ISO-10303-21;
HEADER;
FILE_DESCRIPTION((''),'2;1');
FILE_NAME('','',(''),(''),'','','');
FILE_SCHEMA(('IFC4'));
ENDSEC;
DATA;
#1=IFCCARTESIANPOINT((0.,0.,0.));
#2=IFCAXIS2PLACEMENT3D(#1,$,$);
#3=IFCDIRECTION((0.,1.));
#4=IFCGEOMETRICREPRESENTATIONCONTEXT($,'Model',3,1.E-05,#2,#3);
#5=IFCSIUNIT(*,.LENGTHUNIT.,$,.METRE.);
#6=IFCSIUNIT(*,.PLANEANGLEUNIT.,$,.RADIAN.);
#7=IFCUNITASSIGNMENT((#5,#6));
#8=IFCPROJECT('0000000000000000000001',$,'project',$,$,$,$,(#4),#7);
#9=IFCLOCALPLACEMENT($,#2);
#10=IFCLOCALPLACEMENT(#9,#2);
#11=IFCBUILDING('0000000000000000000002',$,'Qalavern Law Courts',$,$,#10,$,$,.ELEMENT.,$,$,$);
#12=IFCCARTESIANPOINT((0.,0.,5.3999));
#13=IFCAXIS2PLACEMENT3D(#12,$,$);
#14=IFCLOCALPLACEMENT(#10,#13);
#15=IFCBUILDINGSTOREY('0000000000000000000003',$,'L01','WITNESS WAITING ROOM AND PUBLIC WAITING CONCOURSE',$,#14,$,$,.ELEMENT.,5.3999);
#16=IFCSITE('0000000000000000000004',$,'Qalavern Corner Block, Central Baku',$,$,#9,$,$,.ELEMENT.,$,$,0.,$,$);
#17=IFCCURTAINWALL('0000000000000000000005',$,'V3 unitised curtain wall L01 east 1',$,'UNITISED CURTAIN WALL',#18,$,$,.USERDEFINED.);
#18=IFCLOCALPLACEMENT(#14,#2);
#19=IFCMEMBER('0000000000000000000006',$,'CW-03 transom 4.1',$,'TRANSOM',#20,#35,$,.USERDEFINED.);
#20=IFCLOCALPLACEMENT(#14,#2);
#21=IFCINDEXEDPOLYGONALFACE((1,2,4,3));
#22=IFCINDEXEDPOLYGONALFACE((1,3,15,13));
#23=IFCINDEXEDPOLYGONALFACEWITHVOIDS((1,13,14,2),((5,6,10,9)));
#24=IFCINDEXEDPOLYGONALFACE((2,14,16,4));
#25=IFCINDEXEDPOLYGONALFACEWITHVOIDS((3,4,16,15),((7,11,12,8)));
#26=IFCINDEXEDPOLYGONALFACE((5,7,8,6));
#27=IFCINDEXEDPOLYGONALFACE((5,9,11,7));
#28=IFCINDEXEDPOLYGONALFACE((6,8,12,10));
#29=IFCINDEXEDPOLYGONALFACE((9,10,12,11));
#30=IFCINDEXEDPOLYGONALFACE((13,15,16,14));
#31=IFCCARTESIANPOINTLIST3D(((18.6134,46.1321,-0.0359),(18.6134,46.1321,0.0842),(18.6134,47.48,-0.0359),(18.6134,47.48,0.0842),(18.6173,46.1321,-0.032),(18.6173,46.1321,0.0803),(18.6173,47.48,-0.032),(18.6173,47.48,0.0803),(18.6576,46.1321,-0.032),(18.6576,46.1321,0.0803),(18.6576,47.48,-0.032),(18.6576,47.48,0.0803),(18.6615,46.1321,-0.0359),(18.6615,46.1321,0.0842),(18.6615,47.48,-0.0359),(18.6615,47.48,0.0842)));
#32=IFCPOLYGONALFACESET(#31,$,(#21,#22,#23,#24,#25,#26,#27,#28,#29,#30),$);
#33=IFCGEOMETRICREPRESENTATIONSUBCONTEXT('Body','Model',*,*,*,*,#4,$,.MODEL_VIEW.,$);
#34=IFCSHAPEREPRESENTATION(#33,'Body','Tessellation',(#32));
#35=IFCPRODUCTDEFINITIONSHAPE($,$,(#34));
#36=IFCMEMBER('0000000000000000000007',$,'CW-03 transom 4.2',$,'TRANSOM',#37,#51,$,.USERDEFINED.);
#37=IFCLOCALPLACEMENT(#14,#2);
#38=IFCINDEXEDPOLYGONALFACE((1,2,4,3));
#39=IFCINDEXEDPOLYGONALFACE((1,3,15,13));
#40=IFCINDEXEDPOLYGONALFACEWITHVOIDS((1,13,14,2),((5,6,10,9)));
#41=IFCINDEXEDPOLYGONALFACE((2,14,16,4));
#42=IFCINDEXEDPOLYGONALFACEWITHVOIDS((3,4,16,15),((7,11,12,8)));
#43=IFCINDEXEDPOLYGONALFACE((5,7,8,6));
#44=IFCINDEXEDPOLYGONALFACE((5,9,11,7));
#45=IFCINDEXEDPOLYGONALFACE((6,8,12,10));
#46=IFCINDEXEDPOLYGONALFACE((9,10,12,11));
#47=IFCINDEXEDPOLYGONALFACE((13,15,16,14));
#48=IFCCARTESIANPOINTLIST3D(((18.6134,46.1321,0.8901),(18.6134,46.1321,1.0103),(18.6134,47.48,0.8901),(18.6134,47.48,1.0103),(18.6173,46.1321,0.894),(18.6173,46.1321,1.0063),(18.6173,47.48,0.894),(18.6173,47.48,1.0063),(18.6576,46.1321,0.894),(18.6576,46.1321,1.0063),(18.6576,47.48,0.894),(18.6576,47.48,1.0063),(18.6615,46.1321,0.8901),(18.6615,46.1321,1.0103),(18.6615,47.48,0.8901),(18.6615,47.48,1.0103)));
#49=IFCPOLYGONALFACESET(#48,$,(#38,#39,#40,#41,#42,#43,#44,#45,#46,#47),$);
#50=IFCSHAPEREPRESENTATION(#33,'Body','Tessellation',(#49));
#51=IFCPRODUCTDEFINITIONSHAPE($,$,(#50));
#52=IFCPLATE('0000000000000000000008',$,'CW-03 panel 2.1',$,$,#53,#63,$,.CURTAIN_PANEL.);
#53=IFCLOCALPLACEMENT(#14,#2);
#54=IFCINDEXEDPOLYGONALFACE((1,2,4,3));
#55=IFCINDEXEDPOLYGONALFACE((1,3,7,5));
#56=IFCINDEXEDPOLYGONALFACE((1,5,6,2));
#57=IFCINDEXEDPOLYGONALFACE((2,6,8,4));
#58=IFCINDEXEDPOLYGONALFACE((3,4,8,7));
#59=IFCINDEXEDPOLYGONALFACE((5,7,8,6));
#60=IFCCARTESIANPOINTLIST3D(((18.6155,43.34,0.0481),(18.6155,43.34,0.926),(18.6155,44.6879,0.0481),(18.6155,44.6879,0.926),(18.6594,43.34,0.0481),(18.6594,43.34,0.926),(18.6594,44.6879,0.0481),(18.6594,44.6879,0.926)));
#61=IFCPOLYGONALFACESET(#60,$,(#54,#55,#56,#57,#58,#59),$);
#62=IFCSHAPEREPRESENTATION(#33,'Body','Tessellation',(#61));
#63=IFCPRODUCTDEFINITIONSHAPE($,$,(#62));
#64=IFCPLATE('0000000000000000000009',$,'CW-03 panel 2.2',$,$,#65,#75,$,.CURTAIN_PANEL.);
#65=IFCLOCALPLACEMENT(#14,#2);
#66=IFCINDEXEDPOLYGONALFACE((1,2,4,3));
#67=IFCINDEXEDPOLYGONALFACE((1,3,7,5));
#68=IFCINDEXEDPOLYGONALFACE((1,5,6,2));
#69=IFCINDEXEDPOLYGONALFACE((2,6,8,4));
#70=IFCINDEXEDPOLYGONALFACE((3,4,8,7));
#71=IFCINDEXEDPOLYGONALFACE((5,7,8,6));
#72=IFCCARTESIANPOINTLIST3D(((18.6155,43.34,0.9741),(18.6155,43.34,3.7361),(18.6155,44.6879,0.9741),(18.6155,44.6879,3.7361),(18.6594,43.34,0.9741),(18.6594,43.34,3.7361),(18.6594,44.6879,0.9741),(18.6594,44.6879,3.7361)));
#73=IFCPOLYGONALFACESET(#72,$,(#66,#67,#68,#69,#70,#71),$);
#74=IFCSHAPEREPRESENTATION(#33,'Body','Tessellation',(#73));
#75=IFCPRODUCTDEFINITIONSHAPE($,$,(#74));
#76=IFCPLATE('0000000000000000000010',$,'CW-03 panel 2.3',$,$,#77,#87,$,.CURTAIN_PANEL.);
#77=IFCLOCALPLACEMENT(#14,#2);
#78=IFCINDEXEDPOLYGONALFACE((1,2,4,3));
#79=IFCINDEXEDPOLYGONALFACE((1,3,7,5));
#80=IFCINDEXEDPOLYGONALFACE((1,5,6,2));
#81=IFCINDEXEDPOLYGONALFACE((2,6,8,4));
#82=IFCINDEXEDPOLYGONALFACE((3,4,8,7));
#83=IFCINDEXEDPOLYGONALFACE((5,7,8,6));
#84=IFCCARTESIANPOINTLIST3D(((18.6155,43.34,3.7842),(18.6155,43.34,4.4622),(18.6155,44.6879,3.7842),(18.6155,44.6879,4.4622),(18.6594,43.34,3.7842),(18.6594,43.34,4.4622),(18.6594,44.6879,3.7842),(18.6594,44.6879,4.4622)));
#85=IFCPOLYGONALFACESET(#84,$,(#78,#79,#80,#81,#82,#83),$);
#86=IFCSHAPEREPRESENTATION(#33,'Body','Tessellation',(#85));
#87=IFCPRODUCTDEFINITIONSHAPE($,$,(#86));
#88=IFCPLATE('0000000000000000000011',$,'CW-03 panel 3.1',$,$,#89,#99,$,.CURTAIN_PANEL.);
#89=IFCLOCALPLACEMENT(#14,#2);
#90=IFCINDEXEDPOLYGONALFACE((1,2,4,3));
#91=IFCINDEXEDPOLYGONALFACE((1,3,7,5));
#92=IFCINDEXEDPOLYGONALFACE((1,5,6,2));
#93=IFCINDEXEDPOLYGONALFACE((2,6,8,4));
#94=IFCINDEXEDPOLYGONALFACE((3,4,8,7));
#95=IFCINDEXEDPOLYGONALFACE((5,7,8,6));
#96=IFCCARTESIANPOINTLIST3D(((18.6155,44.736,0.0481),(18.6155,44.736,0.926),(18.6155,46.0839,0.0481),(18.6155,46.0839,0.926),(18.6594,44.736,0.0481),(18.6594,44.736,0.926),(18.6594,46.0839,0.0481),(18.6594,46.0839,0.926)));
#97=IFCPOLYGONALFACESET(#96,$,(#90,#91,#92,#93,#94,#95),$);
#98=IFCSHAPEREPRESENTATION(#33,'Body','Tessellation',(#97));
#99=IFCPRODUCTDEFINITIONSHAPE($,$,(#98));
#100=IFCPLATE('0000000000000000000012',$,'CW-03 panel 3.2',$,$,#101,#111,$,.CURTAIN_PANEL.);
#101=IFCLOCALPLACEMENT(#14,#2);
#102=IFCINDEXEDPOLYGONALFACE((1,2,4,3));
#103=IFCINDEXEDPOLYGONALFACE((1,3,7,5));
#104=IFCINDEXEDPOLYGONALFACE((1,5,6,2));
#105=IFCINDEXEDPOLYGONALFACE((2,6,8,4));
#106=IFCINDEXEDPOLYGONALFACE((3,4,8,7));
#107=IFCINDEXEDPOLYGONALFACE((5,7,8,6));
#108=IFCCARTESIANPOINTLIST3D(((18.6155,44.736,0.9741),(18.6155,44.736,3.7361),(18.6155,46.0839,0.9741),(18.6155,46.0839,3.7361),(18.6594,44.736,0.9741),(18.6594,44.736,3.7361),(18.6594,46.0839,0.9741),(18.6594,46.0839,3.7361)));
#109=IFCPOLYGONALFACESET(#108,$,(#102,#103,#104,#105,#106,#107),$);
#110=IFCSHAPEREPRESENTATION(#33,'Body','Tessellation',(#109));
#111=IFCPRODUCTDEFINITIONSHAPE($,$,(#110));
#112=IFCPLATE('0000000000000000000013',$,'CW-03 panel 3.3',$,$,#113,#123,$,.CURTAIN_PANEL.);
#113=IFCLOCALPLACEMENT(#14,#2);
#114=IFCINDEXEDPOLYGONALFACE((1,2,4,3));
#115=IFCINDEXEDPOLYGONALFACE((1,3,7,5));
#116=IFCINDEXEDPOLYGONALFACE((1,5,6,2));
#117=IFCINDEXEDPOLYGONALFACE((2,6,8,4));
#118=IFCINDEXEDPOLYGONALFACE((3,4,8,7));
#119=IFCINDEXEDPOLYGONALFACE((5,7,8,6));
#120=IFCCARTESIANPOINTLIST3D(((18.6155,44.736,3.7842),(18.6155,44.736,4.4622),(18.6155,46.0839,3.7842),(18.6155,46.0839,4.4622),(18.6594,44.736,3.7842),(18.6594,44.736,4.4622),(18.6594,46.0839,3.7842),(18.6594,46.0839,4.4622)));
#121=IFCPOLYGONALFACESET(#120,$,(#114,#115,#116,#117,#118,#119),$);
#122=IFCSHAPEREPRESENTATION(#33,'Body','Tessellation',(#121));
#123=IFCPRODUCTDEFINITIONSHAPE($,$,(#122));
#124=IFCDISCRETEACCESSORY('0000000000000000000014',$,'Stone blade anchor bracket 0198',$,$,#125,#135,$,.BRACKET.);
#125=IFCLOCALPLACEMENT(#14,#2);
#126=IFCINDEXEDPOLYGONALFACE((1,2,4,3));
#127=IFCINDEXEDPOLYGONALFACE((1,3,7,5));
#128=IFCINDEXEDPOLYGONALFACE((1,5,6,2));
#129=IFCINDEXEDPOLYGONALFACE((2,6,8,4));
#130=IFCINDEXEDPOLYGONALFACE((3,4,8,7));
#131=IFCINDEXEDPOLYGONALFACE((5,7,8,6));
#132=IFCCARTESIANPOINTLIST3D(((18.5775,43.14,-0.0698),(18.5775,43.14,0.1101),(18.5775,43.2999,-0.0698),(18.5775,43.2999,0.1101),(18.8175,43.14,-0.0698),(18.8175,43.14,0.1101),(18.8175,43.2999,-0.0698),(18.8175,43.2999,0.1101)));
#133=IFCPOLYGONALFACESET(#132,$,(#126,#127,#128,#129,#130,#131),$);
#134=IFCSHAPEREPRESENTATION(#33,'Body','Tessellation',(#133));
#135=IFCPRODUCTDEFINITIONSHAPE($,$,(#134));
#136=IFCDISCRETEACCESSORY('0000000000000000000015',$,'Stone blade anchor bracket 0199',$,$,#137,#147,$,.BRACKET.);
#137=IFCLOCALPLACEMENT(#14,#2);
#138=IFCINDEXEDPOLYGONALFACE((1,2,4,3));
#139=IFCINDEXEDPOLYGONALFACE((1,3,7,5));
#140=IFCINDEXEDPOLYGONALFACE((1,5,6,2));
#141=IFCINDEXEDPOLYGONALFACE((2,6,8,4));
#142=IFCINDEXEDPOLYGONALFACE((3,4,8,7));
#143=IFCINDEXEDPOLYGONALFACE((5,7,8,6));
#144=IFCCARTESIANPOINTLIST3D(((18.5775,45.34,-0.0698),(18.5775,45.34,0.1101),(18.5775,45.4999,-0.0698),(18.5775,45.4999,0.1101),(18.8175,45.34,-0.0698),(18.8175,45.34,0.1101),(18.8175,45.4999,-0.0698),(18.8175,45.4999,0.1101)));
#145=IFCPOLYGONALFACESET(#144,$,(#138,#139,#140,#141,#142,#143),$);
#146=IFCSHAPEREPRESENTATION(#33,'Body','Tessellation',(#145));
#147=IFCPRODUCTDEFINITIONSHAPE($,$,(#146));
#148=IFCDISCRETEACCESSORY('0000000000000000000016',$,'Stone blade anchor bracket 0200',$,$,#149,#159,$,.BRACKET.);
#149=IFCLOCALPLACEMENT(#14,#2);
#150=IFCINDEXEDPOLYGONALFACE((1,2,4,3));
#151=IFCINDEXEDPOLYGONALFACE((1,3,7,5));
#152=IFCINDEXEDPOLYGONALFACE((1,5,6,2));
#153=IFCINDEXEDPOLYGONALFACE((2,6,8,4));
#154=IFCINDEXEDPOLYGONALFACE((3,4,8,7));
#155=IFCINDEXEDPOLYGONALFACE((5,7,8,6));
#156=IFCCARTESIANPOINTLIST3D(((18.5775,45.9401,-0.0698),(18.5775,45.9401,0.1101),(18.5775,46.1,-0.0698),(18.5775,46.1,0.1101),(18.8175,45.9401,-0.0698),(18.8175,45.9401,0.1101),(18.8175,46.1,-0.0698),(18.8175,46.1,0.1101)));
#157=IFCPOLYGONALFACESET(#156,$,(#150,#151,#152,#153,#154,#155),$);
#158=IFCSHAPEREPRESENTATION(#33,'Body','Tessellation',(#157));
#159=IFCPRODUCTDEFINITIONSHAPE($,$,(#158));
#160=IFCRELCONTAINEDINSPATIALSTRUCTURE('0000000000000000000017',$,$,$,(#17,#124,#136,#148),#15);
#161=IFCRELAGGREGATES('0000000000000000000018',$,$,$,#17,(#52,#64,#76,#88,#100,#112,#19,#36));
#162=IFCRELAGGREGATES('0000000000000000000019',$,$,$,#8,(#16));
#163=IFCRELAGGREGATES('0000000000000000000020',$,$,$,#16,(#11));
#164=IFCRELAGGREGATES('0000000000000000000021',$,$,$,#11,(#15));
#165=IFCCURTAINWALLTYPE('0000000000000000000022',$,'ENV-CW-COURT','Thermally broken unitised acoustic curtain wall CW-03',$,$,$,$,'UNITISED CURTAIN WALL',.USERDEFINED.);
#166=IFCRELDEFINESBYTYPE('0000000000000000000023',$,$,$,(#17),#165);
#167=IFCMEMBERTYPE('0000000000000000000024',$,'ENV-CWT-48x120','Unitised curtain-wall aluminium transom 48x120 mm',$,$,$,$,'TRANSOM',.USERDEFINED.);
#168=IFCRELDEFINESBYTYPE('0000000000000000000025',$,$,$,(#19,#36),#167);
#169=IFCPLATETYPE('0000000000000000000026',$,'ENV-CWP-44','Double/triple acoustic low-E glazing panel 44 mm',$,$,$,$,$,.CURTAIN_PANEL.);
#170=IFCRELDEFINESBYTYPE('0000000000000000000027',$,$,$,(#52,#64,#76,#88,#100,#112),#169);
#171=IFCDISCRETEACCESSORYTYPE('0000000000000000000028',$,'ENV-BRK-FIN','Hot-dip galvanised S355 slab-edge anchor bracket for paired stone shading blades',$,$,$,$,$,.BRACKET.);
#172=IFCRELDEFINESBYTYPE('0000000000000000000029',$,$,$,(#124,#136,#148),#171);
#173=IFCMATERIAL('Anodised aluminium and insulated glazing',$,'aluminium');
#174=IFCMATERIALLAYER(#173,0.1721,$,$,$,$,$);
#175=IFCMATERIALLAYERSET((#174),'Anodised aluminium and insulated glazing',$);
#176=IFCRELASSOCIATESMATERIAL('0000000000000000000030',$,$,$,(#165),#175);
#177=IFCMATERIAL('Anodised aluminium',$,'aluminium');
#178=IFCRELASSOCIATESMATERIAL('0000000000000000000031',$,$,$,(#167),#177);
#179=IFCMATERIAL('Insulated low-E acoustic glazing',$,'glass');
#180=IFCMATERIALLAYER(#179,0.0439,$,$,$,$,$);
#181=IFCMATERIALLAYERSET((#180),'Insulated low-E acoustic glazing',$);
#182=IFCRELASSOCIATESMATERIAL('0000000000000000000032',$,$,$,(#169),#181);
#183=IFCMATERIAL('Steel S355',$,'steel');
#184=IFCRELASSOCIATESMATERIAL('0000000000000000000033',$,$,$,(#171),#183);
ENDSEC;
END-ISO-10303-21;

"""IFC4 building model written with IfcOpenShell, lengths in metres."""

from ifc_helpers import new_model, si_unit, direction, frame, origin, origin_2d, place, context, subcontext, project, spatial, rectangle, hollow_rectangle, extrude, material, layer, layer_set, material_profile, profile_set, type_object, element, aggregate, save


model = new_model("IFC4")

# Units and contexts
model_context = context("Model", 3, precision=1e-05, world=origin(), true_north=direction((0.0, 1.0)))
body_context = subcontext(model_context, "Body", "Model", "MODEL_VIEW")
ifc_project = project(units=[si_unit("LENGTHUNIT", "METRE"), si_unit("PLANEANGLEUNIT", "RADIAN")], contexts=[model_context])

# Site, building, storey
site_placement = place(None, origin())
site = spatial("IfcSite", under=ifc_project, at=site_placement, Name="Qalavern Corner Block, Central Baku", CompositionType="ELEMENT", RefElevation=0.0)
building_placement = place(site_placement, origin())
building = spatial("IfcBuilding", under=site, at=building_placement, Name="Qalavern Law Courts", CompositionType="ELEMENT")
storey_placement = place(building_placement, frame((0.0, 0.0, 5.3999)))
storey = spatial("IfcBuildingStorey", under=building, at=storey_placement, Name="L01", Description="WITNESS WAITING ROOM AND PUBLIC WAITING CONCOURSE", CompositionType="ELEMENT", Elevation=5.3999)

# Curtain wall, members, plates
ifc_material_1 = material(Name="Anodised aluminium and insulated glazing", Category="aluminium")
ifc_layer_1 = layer(ifc_material_1, 0.1721)
ifc_layer_set_1 = layer_set([ifc_layer_1], Name="Anodised aluminium and insulated glazing")
curtain_wall_type = type_object("IfcCurtainWallType", Name="ENV-CW-COURT", Description="Thermally broken unitised acoustic curtain wall CW-03", ElementType="UNITISED CURTAIN WALL", PredefinedType="USERDEFINED", material=ifc_layer_set_1)
curtain_wall_placement = place(storey_placement, origin())
curtain_wall = element("IfcCurtainWall", 1, at=curtain_wall_placement, inside=storey, type_object=curtain_wall_type, Name="V3 unitised curtain wall L01 east 1", ObjectType="UNITISED CURTAIN WALL", PredefinedType="USERDEFINED")
ifc_material_2 = material(Name="Anodised aluminium", Category="aluminium")
ifc_material_profile_1 = material_profile(ifc_material_2, hollow_rectangle(XDim=0.0481, YDim=0.1201, WallThickness=0.0039, at=origin_2d()), Name="ALU TRANSOM 48x120")
ifc_profile_set_1 = profile_set([ifc_material_profile_1], Name="Anodised aluminium")
member_type_1 = type_object("IfcMemberType", Name="ENV-CWT-48x120", Description="Unitised curtain-wall aluminium transom 48x120 mm", ElementType="TRANSOM", PredefinedType="USERDEFINED", material=ifc_profile_set_1)
member_1_placement = place(storey_placement, frame((18.6375, 46.1321, 0.0242), z_axis=(0.0, 1.0, 0.0), x_axis=(-1.0, 0.0, 0.0)))
member_1 = element("IfcMember", 2, at=member_1_placement, type_object=member_type_1, Name="CW-03 transom 4.1", ObjectType="TRANSOM", PredefinedType="USERDEFINED", context=body_context, shape_type="SweptSolid", body=[
    extrude(hollow_rectangle(XDim=0.0481, YDim=0.1201, WallThickness=0.0039, at=origin_2d()), origin(), (0.0, 0.0, 1.0), 1.3479),
])
member_2_placement = place(storey_placement, frame((18.6375, 46.1321, 0.9502), z_axis=(0.0, 1.0, 0.0), x_axis=(-1.0, 0.0, 0.0)))
member_2 = element("IfcMember", 3, at=member_2_placement, type_object=member_type_1, Name="CW-03 transom 4.2", ObjectType="TRANSOM", PredefinedType="USERDEFINED", context=body_context, shape_type="SweptSolid", body=[
    extrude(hollow_rectangle(XDim=0.0481, YDim=0.1201, WallThickness=0.0039, at=origin_2d()), origin(), (0.0, 0.0, 1.0), 1.3479),
])
ifc_material_3 = material(Name="Insulated low-E acoustic glazing", Category="glass")
ifc_layer_2 = layer(ifc_material_3, 0.0439)
ifc_layer_set_2 = layer_set([ifc_layer_2], Name="Insulated low-E acoustic glazing")
plate_type = type_object("IfcPlateType", Name="ENV-CWP-44", Description="Double/triple acoustic low-E glazing panel 44 mm", PredefinedType="CURTAIN_PANEL", material=ifc_layer_set_2)
plate_1_placement = place(storey_placement, frame((18.6375, 44.0139, 0.0481), z_axis=(0.0, 0.0, 1.0), x_axis=(0.0, 1.0, 0.0)))
plate_1 = element("IfcPlate", 4, at=plate_1_placement, type_object=plate_type, Name="CW-03 panel 2.1", PredefinedType="CURTAIN_PANEL", context=body_context, shape_type="SweptSolid", body=[
    extrude(rectangle(XDim=1.3479, YDim=0.0439, at=origin_2d()), origin(), (0.0, 0.0, 1.0), 0.8779),
])
plate_2_placement = place(storey_placement, frame((18.6375, 44.0139, 0.9741), z_axis=(0.0, 0.0, 1.0), x_axis=(0.0, 1.0, 0.0)))
plate_2 = element("IfcPlate", 5, at=plate_2_placement, type_object=plate_type, Name="CW-03 panel 2.2", PredefinedType="CURTAIN_PANEL", context=body_context, shape_type="SweptSolid", body=[
    extrude(rectangle(XDim=1.3479, YDim=0.0439, at=origin_2d()), origin(), (0.0, 0.0, 1.0), 2.762),
])
plate_3_placement = place(storey_placement, frame((18.6375, 44.0139, 3.7842), z_axis=(0.0, 0.0, 1.0), x_axis=(0.0, 1.0, 0.0)))
plate_3 = element("IfcPlate", 6, at=plate_3_placement, type_object=plate_type, Name="CW-03 panel 2.3", PredefinedType="CURTAIN_PANEL", context=body_context, shape_type="SweptSolid", body=[
    extrude(rectangle(XDim=1.3479, YDim=0.0439, at=origin_2d()), origin(), (0.0, 0.0, 1.0), 0.678),
])
plate_4_placement = place(storey_placement, frame((18.6375, 45.4099, 0.0481), z_axis=(0.0, 0.0, 1.0), x_axis=(0.0, 1.0, 0.0)))
plate_4 = element("IfcPlate", 7, at=plate_4_placement, type_object=plate_type, Name="CW-03 panel 3.1", PredefinedType="CURTAIN_PANEL", context=body_context, shape_type="SweptSolid", body=[
    extrude(rectangle(XDim=1.3479, YDim=0.0439, at=origin_2d()), origin(), (0.0, 0.0, 1.0), 0.8779),
])
plate_5_placement = place(storey_placement, frame((18.6375, 45.4099, 0.9741), z_axis=(0.0, 0.0, 1.0), x_axis=(0.0, 1.0, 0.0)))
plate_5 = element("IfcPlate", 8, at=plate_5_placement, type_object=plate_type, Name="CW-03 panel 3.2", PredefinedType="CURTAIN_PANEL", context=body_context, shape_type="SweptSolid", body=[
    extrude(rectangle(XDim=1.3479, YDim=0.0439, at=origin_2d()), origin(), (0.0, 0.0, 1.0), 2.762),
])
plate_6_placement = place(storey_placement, frame((18.6375, 45.4099, 3.7842), z_axis=(0.0, 0.0, 1.0), x_axis=(0.0, 1.0, 0.0)))
plate_6 = element("IfcPlate", 9, at=plate_6_placement, type_object=plate_type, Name="CW-03 panel 3.3", PredefinedType="CURTAIN_PANEL", context=body_context, shape_type="SweptSolid", body=[
    extrude(rectangle(XDim=1.3479, YDim=0.0439, at=origin_2d()), origin(), (0.0, 0.0, 1.0), 0.678),
])
aggregate(curtain_wall, [plate_1, plate_2, plate_3, plate_4, plate_5, plate_6, member_1, member_2])

# Discrete accessories
ifc_material_4 = material(Name="Steel S355", Category="steel")
discrete_accessory_type = type_object("IfcDiscreteAccessoryType", Name="ENV-BRK-FIN", Description="Hot-dip galvanised S355 slab-edge anchor bracket for paired stone shading blades", PredefinedType="BRACKET", material=ifc_material_4)
for number, where, z_axis, x_axis, name in (
    (10, (18.6975, 43.22, -0.0698), (0.0, 0.0, 1.0), (1.0, 0.0, 0.0), "Stone blade anchor bracket 0198"),
    (11, (18.6975, 45.4199, -0.0698), (0.0, 0.0, 1.0), (1.0, 0.0, 0.0), "Stone blade anchor bracket 0199"),
    (12, (18.6975, 46.02, -0.0698), (0.0, 0.0, 1.0), (1.0, 0.0, 0.0), "Stone blade anchor bracket 0200"),
):
    element("IfcDiscreteAccessory", number, at=place(storey_placement, frame(where, z_axis=z_axis, x_axis=x_axis)), inside=storey, type_object=discrete_accessory_type, Name=name, PredefinedType="BRACKET", context=body_context, shape_type="SweptSolid", body=[
        extrude(rectangle(XDim=0.24, YDim=0.1599, at=origin_2d()), origin(), (0.0, 0.0, 1.0), 0.1799),
    ])

save(model, "model.ifc")
